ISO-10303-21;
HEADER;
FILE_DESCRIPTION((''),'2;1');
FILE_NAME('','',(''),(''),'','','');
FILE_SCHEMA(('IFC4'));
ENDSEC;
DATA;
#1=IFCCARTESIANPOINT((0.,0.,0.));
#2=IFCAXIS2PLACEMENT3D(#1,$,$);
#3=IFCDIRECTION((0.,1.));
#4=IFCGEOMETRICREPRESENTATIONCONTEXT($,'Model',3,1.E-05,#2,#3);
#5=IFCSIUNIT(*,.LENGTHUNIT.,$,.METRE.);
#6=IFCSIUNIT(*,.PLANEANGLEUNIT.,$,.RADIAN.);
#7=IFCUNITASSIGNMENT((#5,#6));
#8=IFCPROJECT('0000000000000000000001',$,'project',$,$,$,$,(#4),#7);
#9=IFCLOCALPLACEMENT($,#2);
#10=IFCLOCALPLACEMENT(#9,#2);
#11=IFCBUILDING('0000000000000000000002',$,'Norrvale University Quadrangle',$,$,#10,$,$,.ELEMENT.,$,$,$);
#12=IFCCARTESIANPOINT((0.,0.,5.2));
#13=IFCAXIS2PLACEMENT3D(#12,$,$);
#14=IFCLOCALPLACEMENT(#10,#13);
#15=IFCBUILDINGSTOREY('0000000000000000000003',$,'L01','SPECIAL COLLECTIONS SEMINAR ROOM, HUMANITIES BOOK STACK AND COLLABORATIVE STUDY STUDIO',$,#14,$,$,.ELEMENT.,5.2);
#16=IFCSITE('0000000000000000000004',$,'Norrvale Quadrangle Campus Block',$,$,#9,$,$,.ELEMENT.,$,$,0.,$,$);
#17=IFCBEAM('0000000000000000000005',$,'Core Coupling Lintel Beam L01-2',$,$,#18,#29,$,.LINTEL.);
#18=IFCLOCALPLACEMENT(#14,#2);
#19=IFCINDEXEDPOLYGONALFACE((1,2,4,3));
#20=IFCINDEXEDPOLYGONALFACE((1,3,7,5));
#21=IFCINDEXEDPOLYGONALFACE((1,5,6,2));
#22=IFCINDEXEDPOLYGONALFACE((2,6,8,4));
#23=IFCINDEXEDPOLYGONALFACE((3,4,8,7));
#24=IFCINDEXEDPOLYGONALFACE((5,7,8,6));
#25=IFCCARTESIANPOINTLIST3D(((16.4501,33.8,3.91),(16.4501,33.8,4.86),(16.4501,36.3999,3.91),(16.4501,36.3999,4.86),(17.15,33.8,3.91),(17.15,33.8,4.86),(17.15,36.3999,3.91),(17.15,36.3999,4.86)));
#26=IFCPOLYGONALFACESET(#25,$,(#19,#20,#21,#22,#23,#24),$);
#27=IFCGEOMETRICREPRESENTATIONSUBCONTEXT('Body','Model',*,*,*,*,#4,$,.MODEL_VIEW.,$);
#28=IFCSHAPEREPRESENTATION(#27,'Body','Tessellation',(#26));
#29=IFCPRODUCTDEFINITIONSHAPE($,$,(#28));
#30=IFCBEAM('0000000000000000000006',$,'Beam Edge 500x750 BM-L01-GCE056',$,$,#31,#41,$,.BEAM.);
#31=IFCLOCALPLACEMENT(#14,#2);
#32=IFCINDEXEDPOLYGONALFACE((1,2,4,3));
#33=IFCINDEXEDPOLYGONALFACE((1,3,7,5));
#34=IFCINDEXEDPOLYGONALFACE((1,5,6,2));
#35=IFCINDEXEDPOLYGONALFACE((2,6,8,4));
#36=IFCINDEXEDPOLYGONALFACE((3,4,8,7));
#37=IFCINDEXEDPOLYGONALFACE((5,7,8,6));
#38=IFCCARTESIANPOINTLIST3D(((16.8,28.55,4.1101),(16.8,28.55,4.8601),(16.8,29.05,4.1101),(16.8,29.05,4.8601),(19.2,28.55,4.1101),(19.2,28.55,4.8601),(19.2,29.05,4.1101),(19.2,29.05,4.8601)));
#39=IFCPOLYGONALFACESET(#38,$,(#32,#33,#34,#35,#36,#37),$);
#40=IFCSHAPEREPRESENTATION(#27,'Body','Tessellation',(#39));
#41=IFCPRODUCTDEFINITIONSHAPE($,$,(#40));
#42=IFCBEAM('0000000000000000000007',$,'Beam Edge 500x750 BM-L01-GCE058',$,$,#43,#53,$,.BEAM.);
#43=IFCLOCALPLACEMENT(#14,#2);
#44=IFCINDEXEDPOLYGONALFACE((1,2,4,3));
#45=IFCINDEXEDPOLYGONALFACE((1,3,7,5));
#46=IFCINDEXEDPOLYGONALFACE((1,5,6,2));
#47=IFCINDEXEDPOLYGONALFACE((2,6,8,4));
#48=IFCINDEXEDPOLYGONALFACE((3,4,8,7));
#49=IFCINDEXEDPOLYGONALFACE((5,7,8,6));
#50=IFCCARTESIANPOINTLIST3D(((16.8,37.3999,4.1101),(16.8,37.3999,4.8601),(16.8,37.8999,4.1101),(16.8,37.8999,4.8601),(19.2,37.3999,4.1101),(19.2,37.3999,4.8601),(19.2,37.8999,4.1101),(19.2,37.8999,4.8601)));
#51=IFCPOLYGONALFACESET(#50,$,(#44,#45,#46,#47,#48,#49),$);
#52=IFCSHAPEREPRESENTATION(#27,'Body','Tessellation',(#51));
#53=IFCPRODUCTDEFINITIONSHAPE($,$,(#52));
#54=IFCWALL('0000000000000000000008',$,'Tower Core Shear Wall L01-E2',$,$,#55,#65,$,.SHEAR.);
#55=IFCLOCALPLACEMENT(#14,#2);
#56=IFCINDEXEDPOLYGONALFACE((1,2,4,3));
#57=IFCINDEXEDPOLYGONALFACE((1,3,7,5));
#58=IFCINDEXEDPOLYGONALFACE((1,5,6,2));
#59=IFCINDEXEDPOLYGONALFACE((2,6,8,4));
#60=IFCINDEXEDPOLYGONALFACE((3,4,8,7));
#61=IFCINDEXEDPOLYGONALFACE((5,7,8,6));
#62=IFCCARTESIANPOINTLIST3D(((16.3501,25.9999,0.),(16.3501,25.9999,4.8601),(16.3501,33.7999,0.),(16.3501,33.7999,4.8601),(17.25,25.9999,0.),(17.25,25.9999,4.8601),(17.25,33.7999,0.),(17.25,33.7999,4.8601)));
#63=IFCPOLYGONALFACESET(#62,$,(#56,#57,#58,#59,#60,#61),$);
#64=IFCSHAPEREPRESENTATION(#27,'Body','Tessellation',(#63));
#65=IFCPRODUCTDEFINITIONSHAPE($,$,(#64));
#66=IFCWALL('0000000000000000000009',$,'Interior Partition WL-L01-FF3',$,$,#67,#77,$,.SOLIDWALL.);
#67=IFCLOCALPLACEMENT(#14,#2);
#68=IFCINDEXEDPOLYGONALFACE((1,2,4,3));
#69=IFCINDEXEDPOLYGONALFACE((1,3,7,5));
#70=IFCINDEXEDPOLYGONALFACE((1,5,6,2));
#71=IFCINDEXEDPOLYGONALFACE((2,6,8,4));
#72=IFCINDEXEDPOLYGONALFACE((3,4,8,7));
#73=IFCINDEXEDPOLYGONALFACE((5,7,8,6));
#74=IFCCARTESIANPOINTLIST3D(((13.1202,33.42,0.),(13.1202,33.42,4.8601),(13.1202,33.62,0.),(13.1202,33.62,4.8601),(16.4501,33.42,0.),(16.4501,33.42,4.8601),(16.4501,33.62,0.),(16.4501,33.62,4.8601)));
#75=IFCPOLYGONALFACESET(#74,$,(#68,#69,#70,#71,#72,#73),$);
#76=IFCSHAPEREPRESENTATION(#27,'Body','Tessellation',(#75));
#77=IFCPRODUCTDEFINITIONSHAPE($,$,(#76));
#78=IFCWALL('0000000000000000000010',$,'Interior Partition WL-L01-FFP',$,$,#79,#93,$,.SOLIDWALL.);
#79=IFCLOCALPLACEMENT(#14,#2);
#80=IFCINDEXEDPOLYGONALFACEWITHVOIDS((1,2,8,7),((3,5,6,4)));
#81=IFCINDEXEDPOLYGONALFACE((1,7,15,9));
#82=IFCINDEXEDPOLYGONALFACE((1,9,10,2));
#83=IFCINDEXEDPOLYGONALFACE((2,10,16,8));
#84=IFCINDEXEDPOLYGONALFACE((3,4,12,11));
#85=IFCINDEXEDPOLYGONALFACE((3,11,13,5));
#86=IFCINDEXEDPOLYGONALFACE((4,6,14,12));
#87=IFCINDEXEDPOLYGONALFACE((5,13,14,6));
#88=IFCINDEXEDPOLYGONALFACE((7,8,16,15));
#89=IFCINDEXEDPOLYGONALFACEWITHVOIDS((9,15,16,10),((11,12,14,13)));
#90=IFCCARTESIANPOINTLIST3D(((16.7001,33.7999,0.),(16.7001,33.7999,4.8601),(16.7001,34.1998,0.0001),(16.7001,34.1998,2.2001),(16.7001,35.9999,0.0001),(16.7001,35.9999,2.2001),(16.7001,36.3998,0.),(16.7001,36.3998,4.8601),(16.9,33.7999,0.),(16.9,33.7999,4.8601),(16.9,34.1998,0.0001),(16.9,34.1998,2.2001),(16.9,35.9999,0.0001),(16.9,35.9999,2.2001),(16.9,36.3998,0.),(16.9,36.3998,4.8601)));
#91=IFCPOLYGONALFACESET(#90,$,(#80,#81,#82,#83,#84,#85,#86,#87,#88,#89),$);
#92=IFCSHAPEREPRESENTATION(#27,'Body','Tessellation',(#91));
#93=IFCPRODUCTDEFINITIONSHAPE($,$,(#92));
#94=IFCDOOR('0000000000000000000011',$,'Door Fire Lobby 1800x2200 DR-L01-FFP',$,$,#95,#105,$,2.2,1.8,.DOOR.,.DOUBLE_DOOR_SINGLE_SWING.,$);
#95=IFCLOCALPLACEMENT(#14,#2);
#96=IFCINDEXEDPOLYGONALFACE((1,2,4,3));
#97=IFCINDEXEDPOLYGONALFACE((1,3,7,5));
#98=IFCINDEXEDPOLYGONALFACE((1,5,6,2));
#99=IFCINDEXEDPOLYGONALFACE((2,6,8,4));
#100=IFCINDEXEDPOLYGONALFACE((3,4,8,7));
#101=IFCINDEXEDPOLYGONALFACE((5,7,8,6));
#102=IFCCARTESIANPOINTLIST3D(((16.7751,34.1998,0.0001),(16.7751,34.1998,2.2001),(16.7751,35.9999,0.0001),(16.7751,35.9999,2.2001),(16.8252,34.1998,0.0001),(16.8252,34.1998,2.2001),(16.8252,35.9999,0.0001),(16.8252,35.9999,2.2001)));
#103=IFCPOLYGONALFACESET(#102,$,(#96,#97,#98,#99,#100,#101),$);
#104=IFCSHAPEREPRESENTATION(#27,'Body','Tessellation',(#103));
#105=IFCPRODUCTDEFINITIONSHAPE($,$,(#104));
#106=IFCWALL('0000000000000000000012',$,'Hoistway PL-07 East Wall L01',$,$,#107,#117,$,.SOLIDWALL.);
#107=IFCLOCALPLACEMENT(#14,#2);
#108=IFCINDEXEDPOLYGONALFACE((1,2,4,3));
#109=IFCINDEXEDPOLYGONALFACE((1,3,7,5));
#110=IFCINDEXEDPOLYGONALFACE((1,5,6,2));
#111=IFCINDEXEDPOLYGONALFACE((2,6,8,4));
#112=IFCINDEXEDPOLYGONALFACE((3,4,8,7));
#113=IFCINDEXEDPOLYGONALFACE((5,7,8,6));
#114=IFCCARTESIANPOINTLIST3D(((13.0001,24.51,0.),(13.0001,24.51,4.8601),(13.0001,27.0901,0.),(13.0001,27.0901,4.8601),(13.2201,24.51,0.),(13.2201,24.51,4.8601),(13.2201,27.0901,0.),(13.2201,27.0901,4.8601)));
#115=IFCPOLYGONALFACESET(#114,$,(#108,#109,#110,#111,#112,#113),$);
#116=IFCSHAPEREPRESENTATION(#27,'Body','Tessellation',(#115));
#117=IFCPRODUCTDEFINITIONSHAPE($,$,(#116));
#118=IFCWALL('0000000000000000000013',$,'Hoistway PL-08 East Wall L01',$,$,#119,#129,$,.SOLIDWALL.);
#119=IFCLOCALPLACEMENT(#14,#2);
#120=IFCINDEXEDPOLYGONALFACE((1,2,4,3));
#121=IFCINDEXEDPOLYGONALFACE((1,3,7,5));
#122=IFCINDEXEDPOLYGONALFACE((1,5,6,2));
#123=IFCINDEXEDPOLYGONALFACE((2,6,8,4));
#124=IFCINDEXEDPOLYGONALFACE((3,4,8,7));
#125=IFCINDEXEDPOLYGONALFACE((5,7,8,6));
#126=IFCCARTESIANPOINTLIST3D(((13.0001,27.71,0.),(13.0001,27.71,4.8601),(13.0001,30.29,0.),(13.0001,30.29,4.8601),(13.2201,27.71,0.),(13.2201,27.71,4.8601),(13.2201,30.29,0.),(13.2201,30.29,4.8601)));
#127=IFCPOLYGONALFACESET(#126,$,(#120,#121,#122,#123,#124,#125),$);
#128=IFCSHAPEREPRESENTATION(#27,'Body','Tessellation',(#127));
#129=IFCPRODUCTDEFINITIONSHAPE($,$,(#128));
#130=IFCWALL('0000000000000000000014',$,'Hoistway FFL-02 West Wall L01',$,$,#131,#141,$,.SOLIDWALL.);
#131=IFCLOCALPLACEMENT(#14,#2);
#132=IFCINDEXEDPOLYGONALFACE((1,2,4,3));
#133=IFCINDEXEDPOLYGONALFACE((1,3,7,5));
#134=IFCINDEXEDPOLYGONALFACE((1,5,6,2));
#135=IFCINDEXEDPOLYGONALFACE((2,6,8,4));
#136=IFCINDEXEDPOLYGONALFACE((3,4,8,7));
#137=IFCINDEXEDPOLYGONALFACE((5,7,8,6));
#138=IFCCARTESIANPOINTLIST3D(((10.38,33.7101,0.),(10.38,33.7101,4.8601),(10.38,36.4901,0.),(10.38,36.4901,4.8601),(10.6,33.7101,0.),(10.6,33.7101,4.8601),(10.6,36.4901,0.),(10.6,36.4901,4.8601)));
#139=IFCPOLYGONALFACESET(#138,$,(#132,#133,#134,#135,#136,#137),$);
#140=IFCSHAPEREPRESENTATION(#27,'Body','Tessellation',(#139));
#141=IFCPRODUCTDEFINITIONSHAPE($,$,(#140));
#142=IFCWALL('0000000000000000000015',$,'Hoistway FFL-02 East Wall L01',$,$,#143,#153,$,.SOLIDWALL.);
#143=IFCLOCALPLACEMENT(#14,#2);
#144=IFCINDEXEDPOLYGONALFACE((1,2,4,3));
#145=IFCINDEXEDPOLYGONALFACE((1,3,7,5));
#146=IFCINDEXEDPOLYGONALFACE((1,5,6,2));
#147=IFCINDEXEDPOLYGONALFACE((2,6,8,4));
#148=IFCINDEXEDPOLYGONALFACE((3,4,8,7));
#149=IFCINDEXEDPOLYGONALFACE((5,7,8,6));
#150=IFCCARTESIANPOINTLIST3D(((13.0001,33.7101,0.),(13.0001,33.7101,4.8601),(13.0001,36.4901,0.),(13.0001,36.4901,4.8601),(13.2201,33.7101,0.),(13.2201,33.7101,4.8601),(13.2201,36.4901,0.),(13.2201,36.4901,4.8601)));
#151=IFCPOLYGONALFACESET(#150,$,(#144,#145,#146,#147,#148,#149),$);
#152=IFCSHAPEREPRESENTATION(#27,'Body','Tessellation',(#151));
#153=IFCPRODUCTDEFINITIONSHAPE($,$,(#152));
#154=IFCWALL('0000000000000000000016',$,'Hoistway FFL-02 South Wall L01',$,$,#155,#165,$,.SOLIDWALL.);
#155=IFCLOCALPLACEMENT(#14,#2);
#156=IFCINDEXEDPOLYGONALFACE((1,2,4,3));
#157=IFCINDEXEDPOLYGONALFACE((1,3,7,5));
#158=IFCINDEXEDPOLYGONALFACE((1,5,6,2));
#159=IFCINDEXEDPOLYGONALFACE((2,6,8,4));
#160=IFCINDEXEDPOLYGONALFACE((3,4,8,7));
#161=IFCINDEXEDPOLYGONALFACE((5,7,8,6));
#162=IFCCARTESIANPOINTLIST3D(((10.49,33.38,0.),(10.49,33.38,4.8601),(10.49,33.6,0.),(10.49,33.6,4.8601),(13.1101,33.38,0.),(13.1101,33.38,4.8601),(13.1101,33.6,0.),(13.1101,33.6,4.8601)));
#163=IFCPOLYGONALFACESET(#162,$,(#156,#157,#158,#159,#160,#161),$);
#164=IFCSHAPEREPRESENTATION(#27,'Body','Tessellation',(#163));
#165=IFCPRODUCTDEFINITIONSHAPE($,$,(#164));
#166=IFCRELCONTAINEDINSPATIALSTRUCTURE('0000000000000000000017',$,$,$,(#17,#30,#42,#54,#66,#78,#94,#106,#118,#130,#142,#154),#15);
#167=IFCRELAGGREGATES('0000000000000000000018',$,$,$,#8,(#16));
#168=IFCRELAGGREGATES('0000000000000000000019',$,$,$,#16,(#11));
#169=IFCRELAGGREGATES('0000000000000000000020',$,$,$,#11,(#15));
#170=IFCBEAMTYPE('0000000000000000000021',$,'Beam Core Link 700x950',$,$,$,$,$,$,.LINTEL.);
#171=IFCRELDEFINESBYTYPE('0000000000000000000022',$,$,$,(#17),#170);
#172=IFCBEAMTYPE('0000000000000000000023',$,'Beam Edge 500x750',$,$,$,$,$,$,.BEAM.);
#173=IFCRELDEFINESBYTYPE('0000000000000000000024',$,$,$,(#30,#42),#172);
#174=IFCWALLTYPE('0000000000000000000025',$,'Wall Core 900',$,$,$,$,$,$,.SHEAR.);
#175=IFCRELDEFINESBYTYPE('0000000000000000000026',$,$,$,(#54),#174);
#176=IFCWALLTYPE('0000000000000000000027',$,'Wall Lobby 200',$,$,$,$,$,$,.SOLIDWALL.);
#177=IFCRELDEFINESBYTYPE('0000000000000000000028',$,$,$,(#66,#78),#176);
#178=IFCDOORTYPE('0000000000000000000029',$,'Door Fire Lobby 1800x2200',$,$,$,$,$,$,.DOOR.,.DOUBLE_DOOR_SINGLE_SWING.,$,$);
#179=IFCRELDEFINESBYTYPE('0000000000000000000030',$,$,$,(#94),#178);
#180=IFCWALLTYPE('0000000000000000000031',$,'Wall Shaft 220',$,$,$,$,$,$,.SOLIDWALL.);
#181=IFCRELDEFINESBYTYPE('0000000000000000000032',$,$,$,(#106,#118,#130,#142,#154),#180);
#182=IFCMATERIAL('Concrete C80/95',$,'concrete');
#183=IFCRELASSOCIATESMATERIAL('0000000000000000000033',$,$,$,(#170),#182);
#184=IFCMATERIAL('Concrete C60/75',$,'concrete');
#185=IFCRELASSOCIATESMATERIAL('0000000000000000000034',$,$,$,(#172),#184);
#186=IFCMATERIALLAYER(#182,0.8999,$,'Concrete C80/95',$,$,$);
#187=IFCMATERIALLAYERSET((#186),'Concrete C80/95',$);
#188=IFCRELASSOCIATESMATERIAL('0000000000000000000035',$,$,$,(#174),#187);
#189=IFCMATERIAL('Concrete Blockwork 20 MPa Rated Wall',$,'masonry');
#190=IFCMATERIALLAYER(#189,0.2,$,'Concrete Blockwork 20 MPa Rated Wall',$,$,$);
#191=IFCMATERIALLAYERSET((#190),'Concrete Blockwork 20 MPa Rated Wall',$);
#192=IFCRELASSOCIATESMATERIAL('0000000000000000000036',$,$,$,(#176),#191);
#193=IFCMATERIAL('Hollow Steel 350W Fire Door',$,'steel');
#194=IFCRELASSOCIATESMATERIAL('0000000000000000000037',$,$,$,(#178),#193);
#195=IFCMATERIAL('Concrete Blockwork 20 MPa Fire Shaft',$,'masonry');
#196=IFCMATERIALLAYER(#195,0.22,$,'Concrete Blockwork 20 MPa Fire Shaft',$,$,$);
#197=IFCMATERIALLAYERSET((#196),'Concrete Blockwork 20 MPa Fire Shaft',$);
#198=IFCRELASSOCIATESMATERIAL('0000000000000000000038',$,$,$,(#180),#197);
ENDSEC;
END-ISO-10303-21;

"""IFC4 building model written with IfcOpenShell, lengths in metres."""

from ifc_helpers import new_model, si_unit, direction, frame, frame_2d, origin, origin_2d, place, context, subcontext, project, spatial, rectangle, extrude, material, layer, layer_set, material_profile, profile_set, type_object, element, fill, save


model = new_model("IFC4")

# Units and contexts
model_context = context("Model", 3, precision=1e-05, world=origin(), true_north=direction((0.0, 1.0)))
body_context = subcontext(model_context, "Body", "Model", "MODEL_VIEW")
ifc_project = project(units=[si_unit("LENGTHUNIT", "METRE"), si_unit("PLANEANGLEUNIT", "RADIAN")], contexts=[model_context])

# Site, building, storey
site_placement = place(None, origin())
site = spatial("IfcSite", under=ifc_project, at=site_placement, Name="Norrvale Quadrangle Campus Block", CompositionType="ELEMENT", RefElevation=0.0)
building_placement = place(site_placement, origin())
building = spatial("IfcBuilding", under=site, at=building_placement, Name="Norrvale University Quadrangle", CompositionType="ELEMENT")
storey_placement = place(building_placement, frame((0.0, 0.0, 5.2)))
storey = spatial("IfcBuildingStorey", under=building, at=storey_placement, Name="L01", Description="SPECIAL COLLECTIONS SEMINAR ROOM, HUMANITIES BOOK STACK AND COLLABORATIVE STUDY STUDIO", CompositionType="ELEMENT", Elevation=5.2)

# Beams
ifc_material_1 = material(Name="Concrete C80/95", Category="concrete")
ifc_material_profile_1 = material_profile(ifc_material_1, rectangle(XDim=0.7, YDim=0.95, at=origin_2d()), Name="Concrete C80/95")
ifc_profile_set_1 = profile_set([ifc_material_profile_1], Name="Concrete C80/95")
beam_type_1 = type_object("IfcBeamType", Name="Beam Core Link 700x950", PredefinedType="LINTEL", material=ifc_profile_set_1)
beam_placement = place(storey_placement, frame((16.8, 33.8, 4.385), z_axis=(0.0, 1.0, 0.0), x_axis=(-1.0, 0.0, 0.0)))
element("IfcBeam", 1, at=beam_placement, inside=storey, type_object=beam_type_1, Name="Core Coupling Lintel Beam L01-2", PredefinedType="LINTEL", context=body_context, shape_type="SweptSolid", body=[
    extrude(rectangle(XDim=0.7, YDim=0.95, at=origin_2d()), origin(), (0.0, 0.0, 1.0), 2.5999),
])
ifc_material_2 = material(Name="Concrete C60/75", Category="concrete")
ifc_material_profile_2 = material_profile(ifc_material_2, rectangle(XDim=0.5, YDim=0.75, at=origin_2d()), Name="Concrete C60/75")
ifc_profile_set_2 = profile_set([ifc_material_profile_2], Name="Concrete C60/75")
beam_type_2 = type_object("IfcBeamType", Name="Beam Edge 500x750", PredefinedType="BEAM", material=ifc_profile_set_2)
for number, where, z_axis, x_axis, name in (
    (2, (16.8, 28.8, 4.4851), (1.0, 0.0, 0.0), (0.0, 1.0, 0.0), "Beam Edge 500x750 BM-L01-GCE056"),
    (3, (16.8, 37.6499, 4.4851), (1.0, 0.0, 0.0), (0.0, 1.0, 0.0), "Beam Edge 500x750 BM-L01-GCE058"),
):
    element("IfcBeam", number, at=place(storey_placement, frame(where, z_axis=z_axis, x_axis=x_axis)), inside=storey, type_object=beam_type_2, Name=name, PredefinedType="BEAM", context=body_context, shape_type="SweptSolid", body=[
        extrude(rectangle(XDim=0.5, YDim=0.75, at=origin_2d()), origin(), (0.0, 0.0, 1.0), 2.3999),
    ])

# Wall
ifc_layer_1 = layer(ifc_material_1, 0.8999, Name="Concrete C80/95")
ifc_layer_set_1 = layer_set([ifc_layer_1], Name="Concrete C80/95")
wall_type_1 = type_object("IfcWallType", Name="Wall Core 900", PredefinedType="SHEAR", material=ifc_layer_set_1)
wall_1_placement = place(storey_placement, frame((16.8, 26.0, 0.0), z_axis=(0.0, 0.0, 1.0), x_axis=(0.0, 1.0, 0.0)))
element("IfcWall", 4, at=wall_1_placement, inside=storey, type_object=wall_type_1, Name="Tower Core Shear Wall L01-E2", PredefinedType="SHEAR", context=body_context, shape_type="SweptSolid", body=[
    extrude(rectangle(XDim=7.8, YDim=0.8999, at=frame_2d((3.8999, 0.0))), origin(), (0.0, 0.0, 1.0), 4.8601),
])

# Wall
ifc_material_3 = material(Name="Concrete Blockwork 20 MPa Rated Wall", Category="masonry")
ifc_layer_2 = layer(ifc_material_3, 0.2, Name="Concrete Blockwork 20 MPa Rated Wall")
ifc_layer_set_2 = layer_set([ifc_layer_2], Name="Concrete Blockwork 20 MPa Rated Wall")
wall_type_2 = type_object("IfcWallType", Name="Wall Lobby 200", PredefinedType="SOLIDWALL", material=ifc_layer_set_2)
wall_2_placement = place(storey_placement, frame((13.1201, 33.52, 0.0), z_axis=(0.0, 0.0, 1.0), x_axis=(1.0, 0.0, 0.0)))
element("IfcWall", 5, at=wall_2_placement, inside=storey, type_object=wall_type_2, Name="Interior Partition WL-L01-FF3", PredefinedType="SOLIDWALL", context=body_context, shape_type="SweptSolid", body=[
    extrude(rectangle(XDim=3.3298, YDim=0.2, at=frame_2d((1.665, 0.0))), origin(), (0.0, 0.0, 1.0), 4.8601),
])

# Wall, opening, door
wall_3_placement = place(storey_placement, frame((16.8, 33.8, 0.0), z_axis=(0.0, 0.0, 1.0), x_axis=(0.0, 1.0, 0.0)))
wall_3 = element("IfcWall", 6, at=wall_3_placement, inside=storey, type_object=wall_type_2, Name="Interior Partition WL-L01-FFP", PredefinedType="SOLIDWALL", context=body_context, shape_type="SweptSolid", body=[
    extrude(rectangle(XDim=2.5999, YDim=0.2, at=frame_2d((1.2998, 0.0))), origin(), (0.0, 0.0, 1.0), 4.8601),
])
opening_1_placement = place(wall_3_placement, frame((0.3999, 0.0, 0.0)))
opening_1 = element("IfcOpeningElement", 7, at=opening_1_placement, cuts=wall_3, PredefinedType="OPENING", context=body_context, shape_type="SweptSolid", body=[
    extrude(rectangle(XDim=1.8, YDim=2.2, at=frame_2d((0.8999, 1.1001))), frame((0.0, 0.1121, 0.0), z_axis=(0.0, -1.0, 0.0), x_axis=(1.0, 0.0, 0.0)), (0.0, 0.0, 1.0), 0.2239),
])
ifc_material_4 = material(Name="Hollow Steel 350W Fire Door", Category="steel")
door_type_1 = type_object("IfcDoorType", Name="Door Fire Lobby 1800x2200", OperationType="DOUBLE_DOOR_SINGLE_SWING", PredefinedType="DOOR", material=ifc_material_4)
door_1_placement = place(opening_1_placement, origin())
door_1 = element("IfcDoor", 8, at=door_1_placement, inside=storey, type_object=door_type_1, Name="Door Fire Lobby 1800x2200 DR-L01-FFP", OperationType="DOUBLE_DOOR_SINGLE_SWING", OverallHeight=2.2, OverallWidth=1.8, PredefinedType="DOOR", context=body_context, shape_type="SweptSolid", body=[
    extrude(rectangle(XDim=1.8, YDim=2.2, at=frame_2d((0.8999, 1.1001))), frame((0.0, 0.0249, 0.0), z_axis=(0.0, -1.0, 0.0), x_axis=(1.0, 0.0, 0.0)), (0.0, 0.0, 1.0), 0.05),
])
fill(opening_1, door_1)

# Walls
ifc_material_5 = material(Name="Concrete Blockwork 20 MPa Fire Shaft", Category="masonry")
ifc_layer_3 = layer(ifc_material_5, 0.22, Name="Concrete Blockwork 20 MPa Fire Shaft")
ifc_layer_set_3 = layer_set([ifc_layer_3], Name="Concrete Blockwork 20 MPa Fire Shaft")
wall_type_3 = type_object("IfcWallType", Name="Wall Shaft 220", PredefinedType="SOLIDWALL", material=ifc_layer_set_3)
for number, where, z_axis, x_axis, name in (
    (9, (13.1101, 24.51, 0.0), (0.0, 0.0, 1.0), (0.0, 1.0, 0.0), "Hoistway PL-07 East Wall L01"),
    (10, (13.1101, 27.71, 0.0), (0.0, 0.0, 1.0), (0.0, 1.0, 0.0), "Hoistway PL-08 East Wall L01"),
):
    element("IfcWall", number, at=place(storey_placement, frame(where, z_axis=z_axis, x_axis=x_axis)), inside=storey, type_object=wall_type_3, Name=name, PredefinedType="SOLIDWALL", context=body_context, shape_type="SweptSolid", body=[
        extrude(rectangle(XDim=2.5801, YDim=0.22, at=frame_2d((1.29, 0.0))), origin(), (0.0, 0.0, 1.0), 4.8601),
    ])
for number, where, z_axis, x_axis, name in (
    (11, (10.49, 33.71, 0.0), (0.0, 0.0, 1.0), (0.0, 1.0, 0.0), "Hoistway FFL-02 West Wall L01"),
    (12, (13.1101, 33.71, 0.0), (0.0, 0.0, 1.0), (0.0, 1.0, 0.0), "Hoistway FFL-02 East Wall L01"),
):
    element("IfcWall", number, at=place(storey_placement, frame(where, z_axis=z_axis, x_axis=x_axis)), inside=storey, type_object=wall_type_3, Name=name, PredefinedType="SOLIDWALL", context=body_context, shape_type="SweptSolid", body=[
        extrude(rectangle(XDim=2.78, YDim=0.22, at=frame_2d((1.3901, 0.0))), origin(), (0.0, 0.0, 1.0), 4.8601),
    ])
wall_4_placement = place(storey_placement, frame((10.49, 33.49, 0.0), z_axis=(0.0, 0.0, 1.0), x_axis=(1.0, 0.0, 0.0)))
element("IfcWall", 13, at=wall_4_placement, inside=storey, type_object=wall_type_3, Name="Hoistway FFL-02 South Wall L01", PredefinedType="SOLIDWALL", context=body_context, shape_type="SweptSolid", body=[
    extrude(rectangle(XDim=2.6201, YDim=0.22, at=frame_2d((1.3101, 0.0))), origin(), (0.0, 0.0, 1.0), 4.8601),
])

save(model, "model.ifc")
